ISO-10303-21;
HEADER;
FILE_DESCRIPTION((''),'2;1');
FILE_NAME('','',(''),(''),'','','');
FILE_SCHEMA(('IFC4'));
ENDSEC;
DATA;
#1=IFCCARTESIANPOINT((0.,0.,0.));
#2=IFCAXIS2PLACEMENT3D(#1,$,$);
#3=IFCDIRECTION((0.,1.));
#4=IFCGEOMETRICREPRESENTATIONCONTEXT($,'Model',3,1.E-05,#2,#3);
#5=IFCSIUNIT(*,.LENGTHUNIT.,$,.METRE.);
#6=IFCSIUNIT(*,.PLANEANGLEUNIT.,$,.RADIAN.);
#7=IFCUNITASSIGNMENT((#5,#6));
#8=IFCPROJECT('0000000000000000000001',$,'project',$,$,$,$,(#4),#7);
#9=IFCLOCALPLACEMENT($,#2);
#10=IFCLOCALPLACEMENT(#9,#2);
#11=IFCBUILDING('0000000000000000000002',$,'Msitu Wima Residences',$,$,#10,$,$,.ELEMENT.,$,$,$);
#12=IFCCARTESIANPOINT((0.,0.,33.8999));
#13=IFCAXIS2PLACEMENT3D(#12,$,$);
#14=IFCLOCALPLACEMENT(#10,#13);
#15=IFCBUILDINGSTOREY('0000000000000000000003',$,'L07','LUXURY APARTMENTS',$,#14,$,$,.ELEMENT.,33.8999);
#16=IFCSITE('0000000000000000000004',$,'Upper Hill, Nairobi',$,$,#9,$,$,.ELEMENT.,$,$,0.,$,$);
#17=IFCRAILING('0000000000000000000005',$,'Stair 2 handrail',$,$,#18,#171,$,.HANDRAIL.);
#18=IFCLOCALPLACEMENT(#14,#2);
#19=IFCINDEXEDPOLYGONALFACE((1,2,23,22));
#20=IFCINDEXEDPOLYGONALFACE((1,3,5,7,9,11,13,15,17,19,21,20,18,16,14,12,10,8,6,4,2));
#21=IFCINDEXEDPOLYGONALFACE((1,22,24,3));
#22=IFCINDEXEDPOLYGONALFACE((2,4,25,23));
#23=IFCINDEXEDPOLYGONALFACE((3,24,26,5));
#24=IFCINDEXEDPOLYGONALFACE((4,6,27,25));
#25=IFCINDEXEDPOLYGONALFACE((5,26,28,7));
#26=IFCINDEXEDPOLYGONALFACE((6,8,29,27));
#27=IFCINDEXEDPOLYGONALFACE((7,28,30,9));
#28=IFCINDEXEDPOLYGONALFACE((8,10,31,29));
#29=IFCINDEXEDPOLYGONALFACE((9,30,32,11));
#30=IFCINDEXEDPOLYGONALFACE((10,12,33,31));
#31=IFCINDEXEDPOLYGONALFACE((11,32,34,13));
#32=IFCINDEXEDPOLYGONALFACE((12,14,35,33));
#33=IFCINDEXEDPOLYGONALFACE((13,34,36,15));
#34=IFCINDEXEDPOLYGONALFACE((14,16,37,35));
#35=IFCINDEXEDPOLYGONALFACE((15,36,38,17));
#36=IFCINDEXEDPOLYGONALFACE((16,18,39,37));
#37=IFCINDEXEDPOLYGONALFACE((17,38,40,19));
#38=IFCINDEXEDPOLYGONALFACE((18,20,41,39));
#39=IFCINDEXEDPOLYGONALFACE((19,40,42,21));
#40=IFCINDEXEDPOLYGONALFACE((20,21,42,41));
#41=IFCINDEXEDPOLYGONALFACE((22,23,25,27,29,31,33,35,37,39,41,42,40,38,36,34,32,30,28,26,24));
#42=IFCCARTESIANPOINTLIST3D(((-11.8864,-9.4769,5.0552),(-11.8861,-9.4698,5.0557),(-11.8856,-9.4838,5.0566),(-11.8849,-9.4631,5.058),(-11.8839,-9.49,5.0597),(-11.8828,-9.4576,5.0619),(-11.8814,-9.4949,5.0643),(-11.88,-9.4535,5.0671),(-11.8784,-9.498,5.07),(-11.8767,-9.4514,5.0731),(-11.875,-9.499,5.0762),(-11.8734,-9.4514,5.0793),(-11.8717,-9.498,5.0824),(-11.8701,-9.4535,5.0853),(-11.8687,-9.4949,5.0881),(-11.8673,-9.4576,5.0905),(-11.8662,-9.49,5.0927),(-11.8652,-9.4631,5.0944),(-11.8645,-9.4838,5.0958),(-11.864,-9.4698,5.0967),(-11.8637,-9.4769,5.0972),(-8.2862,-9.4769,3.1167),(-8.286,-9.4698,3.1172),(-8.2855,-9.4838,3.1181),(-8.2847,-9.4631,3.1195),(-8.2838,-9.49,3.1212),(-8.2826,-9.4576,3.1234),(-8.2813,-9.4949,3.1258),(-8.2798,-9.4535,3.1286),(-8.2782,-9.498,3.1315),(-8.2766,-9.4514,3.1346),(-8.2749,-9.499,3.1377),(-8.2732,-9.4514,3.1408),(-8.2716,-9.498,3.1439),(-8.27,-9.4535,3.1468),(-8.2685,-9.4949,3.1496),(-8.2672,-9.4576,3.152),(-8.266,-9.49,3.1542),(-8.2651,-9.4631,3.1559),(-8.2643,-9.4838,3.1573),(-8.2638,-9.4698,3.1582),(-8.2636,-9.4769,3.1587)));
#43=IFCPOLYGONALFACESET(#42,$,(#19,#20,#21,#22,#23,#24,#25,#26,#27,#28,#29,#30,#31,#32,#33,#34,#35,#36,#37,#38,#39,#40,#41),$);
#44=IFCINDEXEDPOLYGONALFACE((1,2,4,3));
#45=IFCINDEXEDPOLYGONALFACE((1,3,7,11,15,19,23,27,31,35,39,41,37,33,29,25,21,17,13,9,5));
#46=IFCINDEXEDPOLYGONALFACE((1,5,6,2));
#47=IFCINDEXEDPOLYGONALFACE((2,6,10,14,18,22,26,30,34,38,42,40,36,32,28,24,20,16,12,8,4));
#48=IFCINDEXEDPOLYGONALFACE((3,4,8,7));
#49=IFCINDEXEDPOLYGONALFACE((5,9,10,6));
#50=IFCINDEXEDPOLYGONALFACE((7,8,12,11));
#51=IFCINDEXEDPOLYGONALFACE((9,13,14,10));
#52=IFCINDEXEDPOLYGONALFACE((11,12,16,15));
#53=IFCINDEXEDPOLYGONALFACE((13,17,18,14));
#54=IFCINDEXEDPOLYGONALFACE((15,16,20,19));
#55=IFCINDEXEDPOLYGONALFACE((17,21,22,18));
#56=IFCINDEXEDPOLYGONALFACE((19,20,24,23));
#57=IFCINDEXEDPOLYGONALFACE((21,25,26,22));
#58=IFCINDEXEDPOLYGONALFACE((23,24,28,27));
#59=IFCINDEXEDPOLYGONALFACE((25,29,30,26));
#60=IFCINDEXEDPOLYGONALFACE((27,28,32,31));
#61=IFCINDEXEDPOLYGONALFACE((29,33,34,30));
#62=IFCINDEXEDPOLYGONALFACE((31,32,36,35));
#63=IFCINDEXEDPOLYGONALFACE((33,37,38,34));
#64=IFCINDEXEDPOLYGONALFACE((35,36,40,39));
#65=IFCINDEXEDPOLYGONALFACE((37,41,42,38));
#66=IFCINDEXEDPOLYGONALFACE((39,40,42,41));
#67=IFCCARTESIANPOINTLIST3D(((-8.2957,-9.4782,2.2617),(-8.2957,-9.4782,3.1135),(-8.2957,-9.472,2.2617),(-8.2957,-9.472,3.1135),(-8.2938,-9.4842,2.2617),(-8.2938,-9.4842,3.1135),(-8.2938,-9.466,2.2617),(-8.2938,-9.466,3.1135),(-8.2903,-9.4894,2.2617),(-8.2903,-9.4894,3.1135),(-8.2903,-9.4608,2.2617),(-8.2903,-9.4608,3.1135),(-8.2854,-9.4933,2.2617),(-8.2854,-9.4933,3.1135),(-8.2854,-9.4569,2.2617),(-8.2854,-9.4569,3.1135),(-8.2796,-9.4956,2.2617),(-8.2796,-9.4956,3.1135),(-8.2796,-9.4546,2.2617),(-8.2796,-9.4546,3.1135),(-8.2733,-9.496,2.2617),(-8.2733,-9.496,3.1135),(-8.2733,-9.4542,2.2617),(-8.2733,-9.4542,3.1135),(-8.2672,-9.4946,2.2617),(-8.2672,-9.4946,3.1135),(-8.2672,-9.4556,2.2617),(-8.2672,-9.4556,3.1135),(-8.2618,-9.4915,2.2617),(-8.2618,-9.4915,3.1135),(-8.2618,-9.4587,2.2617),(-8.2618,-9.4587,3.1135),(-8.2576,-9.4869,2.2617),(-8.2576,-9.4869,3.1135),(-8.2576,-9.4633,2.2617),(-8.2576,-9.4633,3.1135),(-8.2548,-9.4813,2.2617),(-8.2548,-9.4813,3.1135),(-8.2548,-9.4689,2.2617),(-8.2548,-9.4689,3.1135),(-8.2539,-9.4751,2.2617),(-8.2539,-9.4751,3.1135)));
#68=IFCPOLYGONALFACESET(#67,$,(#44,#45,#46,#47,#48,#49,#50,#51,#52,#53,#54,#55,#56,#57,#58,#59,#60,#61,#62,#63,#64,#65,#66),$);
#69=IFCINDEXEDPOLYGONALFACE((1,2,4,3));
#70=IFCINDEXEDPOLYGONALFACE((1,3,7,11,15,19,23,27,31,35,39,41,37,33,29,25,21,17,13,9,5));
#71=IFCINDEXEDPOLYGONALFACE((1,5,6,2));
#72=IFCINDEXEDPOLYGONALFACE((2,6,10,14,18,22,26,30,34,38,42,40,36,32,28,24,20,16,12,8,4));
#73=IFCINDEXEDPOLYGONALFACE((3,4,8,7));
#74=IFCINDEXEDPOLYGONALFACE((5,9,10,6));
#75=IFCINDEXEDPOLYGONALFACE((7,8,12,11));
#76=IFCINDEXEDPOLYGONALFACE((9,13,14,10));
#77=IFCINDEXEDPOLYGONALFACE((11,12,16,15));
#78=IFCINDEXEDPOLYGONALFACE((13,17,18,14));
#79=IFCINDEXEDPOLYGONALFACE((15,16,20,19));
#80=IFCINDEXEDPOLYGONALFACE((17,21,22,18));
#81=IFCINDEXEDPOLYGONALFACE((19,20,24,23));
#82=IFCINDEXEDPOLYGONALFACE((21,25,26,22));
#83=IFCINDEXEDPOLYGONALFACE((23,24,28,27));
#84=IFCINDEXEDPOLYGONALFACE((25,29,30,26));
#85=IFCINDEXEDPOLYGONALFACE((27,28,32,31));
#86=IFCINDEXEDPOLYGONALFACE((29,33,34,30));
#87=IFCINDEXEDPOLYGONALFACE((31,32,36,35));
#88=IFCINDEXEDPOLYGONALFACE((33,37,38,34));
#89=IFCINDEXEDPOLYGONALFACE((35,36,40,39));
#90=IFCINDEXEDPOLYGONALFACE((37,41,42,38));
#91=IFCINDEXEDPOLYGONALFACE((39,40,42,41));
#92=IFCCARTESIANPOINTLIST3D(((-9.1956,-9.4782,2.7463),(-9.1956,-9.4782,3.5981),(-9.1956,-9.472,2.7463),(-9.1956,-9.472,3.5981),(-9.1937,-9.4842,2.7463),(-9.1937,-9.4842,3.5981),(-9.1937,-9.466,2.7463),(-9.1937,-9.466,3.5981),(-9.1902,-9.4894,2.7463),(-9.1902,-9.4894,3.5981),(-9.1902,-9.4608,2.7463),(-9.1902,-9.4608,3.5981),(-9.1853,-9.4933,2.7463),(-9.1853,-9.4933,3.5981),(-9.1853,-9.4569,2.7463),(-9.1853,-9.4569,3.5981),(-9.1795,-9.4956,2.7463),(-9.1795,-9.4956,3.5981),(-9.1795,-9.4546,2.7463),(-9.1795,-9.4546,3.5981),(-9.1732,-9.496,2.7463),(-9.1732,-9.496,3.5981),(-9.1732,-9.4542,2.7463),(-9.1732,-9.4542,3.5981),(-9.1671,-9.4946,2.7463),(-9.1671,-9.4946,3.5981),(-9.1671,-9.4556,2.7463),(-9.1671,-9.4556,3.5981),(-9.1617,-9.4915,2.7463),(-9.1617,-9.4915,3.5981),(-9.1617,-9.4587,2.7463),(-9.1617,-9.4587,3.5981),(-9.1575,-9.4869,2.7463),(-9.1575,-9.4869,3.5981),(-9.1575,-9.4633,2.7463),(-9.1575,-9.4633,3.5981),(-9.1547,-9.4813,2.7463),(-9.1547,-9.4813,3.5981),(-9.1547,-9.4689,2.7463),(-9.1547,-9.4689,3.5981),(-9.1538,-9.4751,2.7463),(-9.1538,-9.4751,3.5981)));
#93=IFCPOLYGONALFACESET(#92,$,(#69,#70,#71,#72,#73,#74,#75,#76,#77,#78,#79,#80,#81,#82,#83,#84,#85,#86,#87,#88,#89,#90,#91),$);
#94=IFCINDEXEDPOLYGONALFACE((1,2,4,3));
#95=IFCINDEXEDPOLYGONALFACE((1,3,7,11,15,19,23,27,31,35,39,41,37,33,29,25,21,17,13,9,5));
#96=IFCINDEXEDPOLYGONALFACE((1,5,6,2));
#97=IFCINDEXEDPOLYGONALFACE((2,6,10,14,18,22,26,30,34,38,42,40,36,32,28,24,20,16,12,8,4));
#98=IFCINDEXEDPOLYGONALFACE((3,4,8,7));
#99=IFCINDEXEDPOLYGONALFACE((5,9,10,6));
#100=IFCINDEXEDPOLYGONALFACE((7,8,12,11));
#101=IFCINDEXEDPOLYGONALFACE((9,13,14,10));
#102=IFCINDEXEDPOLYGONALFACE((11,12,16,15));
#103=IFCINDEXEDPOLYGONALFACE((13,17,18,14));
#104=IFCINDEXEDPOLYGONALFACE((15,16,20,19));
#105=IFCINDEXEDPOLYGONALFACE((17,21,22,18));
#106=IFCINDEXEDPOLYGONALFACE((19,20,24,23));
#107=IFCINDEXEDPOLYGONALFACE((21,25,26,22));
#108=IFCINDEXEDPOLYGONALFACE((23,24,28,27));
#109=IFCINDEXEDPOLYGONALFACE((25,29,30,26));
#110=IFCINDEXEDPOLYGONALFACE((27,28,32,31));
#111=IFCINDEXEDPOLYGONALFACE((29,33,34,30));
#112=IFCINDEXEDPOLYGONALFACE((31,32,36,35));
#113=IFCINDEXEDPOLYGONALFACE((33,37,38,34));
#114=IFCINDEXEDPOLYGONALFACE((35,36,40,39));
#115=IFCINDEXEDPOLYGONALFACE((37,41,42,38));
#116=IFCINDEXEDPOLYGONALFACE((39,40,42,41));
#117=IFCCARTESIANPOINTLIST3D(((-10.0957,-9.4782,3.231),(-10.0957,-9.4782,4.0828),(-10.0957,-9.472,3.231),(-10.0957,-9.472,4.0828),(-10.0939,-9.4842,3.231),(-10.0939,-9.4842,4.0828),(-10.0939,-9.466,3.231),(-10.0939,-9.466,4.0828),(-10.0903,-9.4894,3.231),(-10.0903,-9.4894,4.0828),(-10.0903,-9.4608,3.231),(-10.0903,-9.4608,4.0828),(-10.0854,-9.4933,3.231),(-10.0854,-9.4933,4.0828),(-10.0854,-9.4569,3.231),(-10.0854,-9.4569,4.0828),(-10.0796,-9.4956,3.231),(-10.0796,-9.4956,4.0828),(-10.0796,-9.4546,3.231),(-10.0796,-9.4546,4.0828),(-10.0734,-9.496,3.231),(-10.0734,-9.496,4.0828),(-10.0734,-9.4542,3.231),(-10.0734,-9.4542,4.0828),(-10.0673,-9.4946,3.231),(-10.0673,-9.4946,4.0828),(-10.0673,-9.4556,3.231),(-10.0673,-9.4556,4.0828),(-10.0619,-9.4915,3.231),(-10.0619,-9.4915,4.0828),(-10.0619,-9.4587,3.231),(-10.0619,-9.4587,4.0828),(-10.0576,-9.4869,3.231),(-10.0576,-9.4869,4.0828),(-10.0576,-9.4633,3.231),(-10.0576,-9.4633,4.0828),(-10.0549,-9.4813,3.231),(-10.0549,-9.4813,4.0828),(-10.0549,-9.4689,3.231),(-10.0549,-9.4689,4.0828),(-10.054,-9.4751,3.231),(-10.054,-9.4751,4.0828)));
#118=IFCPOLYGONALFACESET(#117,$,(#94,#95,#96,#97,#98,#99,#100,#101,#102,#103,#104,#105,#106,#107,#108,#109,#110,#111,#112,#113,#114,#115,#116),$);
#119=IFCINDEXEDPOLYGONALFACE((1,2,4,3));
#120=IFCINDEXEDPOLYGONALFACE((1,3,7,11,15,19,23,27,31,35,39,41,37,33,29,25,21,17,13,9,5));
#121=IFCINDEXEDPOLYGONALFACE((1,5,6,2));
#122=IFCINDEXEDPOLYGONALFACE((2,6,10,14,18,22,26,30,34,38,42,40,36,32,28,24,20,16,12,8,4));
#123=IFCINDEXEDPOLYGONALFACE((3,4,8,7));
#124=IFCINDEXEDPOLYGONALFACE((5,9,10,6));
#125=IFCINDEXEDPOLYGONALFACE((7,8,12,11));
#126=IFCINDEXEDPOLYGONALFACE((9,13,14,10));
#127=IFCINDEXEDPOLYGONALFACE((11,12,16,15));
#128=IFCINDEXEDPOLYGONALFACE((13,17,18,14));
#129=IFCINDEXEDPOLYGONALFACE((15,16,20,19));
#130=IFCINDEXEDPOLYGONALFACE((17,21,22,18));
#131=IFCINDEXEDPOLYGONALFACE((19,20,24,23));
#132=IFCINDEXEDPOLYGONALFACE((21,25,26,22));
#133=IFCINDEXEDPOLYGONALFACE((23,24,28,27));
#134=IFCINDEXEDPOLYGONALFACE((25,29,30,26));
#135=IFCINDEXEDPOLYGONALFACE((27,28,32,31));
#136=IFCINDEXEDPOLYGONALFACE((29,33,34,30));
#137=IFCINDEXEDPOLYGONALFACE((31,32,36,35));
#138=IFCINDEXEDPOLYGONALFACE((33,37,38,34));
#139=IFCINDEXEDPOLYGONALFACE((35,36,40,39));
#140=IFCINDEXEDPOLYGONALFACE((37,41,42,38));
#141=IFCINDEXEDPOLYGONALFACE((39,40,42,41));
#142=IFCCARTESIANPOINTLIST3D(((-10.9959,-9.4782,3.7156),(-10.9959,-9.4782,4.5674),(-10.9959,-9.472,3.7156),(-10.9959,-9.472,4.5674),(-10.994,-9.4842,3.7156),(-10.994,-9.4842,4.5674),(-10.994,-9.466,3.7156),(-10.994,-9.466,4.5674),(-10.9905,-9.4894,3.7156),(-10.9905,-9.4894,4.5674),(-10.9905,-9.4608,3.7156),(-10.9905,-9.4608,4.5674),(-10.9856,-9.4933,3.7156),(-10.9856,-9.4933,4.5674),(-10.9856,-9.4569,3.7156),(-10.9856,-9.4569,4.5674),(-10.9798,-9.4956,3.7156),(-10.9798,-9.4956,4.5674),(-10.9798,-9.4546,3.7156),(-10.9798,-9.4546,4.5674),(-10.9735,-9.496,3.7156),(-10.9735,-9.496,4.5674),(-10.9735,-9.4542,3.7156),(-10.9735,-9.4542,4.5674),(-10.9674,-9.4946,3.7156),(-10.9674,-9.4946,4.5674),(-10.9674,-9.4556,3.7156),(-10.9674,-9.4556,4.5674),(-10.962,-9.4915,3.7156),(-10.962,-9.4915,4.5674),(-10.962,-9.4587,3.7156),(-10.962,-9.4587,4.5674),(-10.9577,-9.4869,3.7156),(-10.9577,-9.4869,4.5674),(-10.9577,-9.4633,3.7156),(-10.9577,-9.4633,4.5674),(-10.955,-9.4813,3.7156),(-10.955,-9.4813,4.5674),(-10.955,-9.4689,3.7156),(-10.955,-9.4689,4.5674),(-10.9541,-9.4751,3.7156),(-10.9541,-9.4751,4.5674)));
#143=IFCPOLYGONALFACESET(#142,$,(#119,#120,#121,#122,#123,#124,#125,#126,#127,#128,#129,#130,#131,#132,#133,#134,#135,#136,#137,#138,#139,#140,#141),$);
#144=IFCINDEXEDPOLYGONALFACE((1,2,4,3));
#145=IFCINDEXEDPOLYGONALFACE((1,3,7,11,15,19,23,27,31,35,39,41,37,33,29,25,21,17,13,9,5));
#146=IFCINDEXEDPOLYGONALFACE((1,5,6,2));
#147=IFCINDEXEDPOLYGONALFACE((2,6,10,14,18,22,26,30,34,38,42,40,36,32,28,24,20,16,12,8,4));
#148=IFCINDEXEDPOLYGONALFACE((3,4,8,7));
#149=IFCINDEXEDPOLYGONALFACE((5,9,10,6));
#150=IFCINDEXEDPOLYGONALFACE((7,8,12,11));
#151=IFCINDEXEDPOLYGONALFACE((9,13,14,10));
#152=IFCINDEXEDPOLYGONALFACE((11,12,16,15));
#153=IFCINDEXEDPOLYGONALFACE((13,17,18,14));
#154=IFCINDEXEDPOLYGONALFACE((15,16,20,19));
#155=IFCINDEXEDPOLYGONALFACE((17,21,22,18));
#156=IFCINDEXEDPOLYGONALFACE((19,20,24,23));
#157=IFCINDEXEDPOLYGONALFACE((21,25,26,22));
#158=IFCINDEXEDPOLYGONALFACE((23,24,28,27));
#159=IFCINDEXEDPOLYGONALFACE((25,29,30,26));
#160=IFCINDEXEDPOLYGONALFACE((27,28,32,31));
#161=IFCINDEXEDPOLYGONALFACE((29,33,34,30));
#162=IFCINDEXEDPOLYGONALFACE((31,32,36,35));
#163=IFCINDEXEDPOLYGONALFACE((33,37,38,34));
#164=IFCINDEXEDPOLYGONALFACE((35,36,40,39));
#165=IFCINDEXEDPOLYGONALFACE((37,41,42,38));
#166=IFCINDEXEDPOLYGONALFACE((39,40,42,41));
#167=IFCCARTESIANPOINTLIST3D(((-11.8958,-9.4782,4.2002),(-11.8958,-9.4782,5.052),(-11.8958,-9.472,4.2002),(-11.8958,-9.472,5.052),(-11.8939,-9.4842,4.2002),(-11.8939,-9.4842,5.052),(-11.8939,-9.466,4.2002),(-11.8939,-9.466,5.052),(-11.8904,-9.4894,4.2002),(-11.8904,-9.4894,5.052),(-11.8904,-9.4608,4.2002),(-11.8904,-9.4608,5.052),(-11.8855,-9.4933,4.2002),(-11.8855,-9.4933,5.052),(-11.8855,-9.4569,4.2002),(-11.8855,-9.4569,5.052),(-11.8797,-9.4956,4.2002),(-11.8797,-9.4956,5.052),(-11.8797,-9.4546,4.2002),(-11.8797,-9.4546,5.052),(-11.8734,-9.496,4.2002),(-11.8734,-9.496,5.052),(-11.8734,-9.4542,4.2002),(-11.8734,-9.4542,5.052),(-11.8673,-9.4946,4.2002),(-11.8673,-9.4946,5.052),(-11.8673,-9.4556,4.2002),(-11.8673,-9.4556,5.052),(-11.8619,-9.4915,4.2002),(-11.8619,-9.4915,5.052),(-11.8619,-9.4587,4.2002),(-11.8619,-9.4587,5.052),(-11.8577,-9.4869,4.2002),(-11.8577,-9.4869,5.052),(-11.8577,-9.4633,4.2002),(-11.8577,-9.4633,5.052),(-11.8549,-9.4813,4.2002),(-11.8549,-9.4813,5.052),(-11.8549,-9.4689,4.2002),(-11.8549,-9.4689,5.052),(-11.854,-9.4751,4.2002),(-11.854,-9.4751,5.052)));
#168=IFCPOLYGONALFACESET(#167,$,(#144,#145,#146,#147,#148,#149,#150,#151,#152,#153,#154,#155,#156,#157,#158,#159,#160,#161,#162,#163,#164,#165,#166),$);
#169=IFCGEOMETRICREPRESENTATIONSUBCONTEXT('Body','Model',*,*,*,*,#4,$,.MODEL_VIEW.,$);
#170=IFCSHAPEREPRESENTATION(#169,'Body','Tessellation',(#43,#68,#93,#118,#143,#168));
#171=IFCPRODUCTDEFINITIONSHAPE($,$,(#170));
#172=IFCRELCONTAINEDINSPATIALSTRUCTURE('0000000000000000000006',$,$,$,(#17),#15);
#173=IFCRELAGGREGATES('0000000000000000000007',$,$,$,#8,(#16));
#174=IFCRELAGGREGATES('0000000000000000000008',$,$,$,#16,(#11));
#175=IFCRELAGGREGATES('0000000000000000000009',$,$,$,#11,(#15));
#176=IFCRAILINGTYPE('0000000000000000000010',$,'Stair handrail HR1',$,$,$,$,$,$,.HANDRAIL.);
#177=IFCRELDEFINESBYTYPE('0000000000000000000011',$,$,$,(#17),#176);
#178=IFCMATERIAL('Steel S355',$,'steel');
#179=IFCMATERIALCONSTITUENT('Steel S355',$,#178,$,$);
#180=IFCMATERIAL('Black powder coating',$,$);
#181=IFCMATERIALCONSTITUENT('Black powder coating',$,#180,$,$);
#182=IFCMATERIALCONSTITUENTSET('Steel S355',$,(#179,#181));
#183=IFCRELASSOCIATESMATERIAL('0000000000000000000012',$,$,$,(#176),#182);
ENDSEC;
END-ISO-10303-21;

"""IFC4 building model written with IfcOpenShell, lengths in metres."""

from ifc_helpers import new_model, si_unit, direction, frame, origin, origin_2d, place, context, subcontext, project, spatial, circle, extrude, material, constituent, constituent_set, type_object, element, save


model = new_model("IFC4")

# Units and contexts
model_context = context("Model", 3, precision=1e-05, world=origin(), true_north=direction((0.0, 1.0)))
body_context = subcontext(model_context, "Body", "Model", "MODEL_VIEW")
ifc_project = project(units=[si_unit("LENGTHUNIT", "METRE"), si_unit("PLANEANGLEUNIT", "RADIAN")], contexts=[model_context])

# Site, building, storey
site_placement = place(None, origin())
site = spatial("IfcSite", under=ifc_project, at=site_placement, Name="Upper Hill, Nairobi", CompositionType="ELEMENT", RefElevation=0.0)
building_placement = place(site_placement, origin())
building = spatial("IfcBuilding", under=site, at=building_placement, Name="Msitu Wima Residences", CompositionType="ELEMENT")
storey_placement = place(building_placement, frame((0.0, 0.0, 33.8999)))
storey = spatial("IfcBuildingStorey", under=building, at=storey_placement, Name="L07", Description="LUXURY APARTMENTS", CompositionType="ELEMENT", Elevation=33.8999)

# Railing
ifc_material_1 = material(Name="Steel S355", Category="steel")
ifc_constituent_1 = constituent(ifc_material_1, Name="Steel S355")
ifc_material_2 = material(Name="Black powder coating")
ifc_constituent_2 = constituent(ifc_material_2, Name="Black powder coating")
ifc_constituent_set = constituent_set(constituents=[ifc_constituent_1, ifc_constituent_2], Name="Steel S355")
railing_type = type_object("IfcRailingType", Name="Stair handrail HR1", PredefinedType="HANDRAIL", material=ifc_constituent_set)
railing_placement = place(storey_placement, frame((-8.2749, -9.4751, 2.2617)))
element("IfcRailing", 1, at=railing_placement, inside=storey, type_object=railing_type, Name="Stair 2 handrail", PredefinedType="HANDRAIL", context=body_context, shape_type="SweptSolid", body=[
    extrude(circle(Radius=0.0239, at=origin_2d()), frame((0.0, 0.0, 0.876), z_axis=(-0.880475, 0.0, 0.474093), x_axis=(0.0, -1.0, 0.0)), (0.0, 0.0, 1.0), 4.0889),
    extrude(circle(Radius=0.021, at=origin_2d()), origin(), (0.0, 0.0, 1.0), 0.8518),
    extrude(circle(Radius=0.021, at=origin_2d()), frame((-0.8999, 0.0, 0.4846)), (0.0, 0.0, 1.0), 0.8518),
    extrude(circle(Radius=0.021, at=origin_2d()), frame((-1.8, 0.0, 0.9692)), (0.0, 0.0, 1.0), 0.8518),
    extrude(circle(Radius=0.021, at=origin_2d()), frame((-2.7002, 0.0, 1.4539)), (0.0, 0.0, 1.0), 0.8518),
    extrude(circle(Radius=0.021, at=origin_2d()), frame((-3.6001, 0.0, 1.9385)), (0.0, 0.0, 1.0), 0.8518),
])

save(model, "model.ifc")
